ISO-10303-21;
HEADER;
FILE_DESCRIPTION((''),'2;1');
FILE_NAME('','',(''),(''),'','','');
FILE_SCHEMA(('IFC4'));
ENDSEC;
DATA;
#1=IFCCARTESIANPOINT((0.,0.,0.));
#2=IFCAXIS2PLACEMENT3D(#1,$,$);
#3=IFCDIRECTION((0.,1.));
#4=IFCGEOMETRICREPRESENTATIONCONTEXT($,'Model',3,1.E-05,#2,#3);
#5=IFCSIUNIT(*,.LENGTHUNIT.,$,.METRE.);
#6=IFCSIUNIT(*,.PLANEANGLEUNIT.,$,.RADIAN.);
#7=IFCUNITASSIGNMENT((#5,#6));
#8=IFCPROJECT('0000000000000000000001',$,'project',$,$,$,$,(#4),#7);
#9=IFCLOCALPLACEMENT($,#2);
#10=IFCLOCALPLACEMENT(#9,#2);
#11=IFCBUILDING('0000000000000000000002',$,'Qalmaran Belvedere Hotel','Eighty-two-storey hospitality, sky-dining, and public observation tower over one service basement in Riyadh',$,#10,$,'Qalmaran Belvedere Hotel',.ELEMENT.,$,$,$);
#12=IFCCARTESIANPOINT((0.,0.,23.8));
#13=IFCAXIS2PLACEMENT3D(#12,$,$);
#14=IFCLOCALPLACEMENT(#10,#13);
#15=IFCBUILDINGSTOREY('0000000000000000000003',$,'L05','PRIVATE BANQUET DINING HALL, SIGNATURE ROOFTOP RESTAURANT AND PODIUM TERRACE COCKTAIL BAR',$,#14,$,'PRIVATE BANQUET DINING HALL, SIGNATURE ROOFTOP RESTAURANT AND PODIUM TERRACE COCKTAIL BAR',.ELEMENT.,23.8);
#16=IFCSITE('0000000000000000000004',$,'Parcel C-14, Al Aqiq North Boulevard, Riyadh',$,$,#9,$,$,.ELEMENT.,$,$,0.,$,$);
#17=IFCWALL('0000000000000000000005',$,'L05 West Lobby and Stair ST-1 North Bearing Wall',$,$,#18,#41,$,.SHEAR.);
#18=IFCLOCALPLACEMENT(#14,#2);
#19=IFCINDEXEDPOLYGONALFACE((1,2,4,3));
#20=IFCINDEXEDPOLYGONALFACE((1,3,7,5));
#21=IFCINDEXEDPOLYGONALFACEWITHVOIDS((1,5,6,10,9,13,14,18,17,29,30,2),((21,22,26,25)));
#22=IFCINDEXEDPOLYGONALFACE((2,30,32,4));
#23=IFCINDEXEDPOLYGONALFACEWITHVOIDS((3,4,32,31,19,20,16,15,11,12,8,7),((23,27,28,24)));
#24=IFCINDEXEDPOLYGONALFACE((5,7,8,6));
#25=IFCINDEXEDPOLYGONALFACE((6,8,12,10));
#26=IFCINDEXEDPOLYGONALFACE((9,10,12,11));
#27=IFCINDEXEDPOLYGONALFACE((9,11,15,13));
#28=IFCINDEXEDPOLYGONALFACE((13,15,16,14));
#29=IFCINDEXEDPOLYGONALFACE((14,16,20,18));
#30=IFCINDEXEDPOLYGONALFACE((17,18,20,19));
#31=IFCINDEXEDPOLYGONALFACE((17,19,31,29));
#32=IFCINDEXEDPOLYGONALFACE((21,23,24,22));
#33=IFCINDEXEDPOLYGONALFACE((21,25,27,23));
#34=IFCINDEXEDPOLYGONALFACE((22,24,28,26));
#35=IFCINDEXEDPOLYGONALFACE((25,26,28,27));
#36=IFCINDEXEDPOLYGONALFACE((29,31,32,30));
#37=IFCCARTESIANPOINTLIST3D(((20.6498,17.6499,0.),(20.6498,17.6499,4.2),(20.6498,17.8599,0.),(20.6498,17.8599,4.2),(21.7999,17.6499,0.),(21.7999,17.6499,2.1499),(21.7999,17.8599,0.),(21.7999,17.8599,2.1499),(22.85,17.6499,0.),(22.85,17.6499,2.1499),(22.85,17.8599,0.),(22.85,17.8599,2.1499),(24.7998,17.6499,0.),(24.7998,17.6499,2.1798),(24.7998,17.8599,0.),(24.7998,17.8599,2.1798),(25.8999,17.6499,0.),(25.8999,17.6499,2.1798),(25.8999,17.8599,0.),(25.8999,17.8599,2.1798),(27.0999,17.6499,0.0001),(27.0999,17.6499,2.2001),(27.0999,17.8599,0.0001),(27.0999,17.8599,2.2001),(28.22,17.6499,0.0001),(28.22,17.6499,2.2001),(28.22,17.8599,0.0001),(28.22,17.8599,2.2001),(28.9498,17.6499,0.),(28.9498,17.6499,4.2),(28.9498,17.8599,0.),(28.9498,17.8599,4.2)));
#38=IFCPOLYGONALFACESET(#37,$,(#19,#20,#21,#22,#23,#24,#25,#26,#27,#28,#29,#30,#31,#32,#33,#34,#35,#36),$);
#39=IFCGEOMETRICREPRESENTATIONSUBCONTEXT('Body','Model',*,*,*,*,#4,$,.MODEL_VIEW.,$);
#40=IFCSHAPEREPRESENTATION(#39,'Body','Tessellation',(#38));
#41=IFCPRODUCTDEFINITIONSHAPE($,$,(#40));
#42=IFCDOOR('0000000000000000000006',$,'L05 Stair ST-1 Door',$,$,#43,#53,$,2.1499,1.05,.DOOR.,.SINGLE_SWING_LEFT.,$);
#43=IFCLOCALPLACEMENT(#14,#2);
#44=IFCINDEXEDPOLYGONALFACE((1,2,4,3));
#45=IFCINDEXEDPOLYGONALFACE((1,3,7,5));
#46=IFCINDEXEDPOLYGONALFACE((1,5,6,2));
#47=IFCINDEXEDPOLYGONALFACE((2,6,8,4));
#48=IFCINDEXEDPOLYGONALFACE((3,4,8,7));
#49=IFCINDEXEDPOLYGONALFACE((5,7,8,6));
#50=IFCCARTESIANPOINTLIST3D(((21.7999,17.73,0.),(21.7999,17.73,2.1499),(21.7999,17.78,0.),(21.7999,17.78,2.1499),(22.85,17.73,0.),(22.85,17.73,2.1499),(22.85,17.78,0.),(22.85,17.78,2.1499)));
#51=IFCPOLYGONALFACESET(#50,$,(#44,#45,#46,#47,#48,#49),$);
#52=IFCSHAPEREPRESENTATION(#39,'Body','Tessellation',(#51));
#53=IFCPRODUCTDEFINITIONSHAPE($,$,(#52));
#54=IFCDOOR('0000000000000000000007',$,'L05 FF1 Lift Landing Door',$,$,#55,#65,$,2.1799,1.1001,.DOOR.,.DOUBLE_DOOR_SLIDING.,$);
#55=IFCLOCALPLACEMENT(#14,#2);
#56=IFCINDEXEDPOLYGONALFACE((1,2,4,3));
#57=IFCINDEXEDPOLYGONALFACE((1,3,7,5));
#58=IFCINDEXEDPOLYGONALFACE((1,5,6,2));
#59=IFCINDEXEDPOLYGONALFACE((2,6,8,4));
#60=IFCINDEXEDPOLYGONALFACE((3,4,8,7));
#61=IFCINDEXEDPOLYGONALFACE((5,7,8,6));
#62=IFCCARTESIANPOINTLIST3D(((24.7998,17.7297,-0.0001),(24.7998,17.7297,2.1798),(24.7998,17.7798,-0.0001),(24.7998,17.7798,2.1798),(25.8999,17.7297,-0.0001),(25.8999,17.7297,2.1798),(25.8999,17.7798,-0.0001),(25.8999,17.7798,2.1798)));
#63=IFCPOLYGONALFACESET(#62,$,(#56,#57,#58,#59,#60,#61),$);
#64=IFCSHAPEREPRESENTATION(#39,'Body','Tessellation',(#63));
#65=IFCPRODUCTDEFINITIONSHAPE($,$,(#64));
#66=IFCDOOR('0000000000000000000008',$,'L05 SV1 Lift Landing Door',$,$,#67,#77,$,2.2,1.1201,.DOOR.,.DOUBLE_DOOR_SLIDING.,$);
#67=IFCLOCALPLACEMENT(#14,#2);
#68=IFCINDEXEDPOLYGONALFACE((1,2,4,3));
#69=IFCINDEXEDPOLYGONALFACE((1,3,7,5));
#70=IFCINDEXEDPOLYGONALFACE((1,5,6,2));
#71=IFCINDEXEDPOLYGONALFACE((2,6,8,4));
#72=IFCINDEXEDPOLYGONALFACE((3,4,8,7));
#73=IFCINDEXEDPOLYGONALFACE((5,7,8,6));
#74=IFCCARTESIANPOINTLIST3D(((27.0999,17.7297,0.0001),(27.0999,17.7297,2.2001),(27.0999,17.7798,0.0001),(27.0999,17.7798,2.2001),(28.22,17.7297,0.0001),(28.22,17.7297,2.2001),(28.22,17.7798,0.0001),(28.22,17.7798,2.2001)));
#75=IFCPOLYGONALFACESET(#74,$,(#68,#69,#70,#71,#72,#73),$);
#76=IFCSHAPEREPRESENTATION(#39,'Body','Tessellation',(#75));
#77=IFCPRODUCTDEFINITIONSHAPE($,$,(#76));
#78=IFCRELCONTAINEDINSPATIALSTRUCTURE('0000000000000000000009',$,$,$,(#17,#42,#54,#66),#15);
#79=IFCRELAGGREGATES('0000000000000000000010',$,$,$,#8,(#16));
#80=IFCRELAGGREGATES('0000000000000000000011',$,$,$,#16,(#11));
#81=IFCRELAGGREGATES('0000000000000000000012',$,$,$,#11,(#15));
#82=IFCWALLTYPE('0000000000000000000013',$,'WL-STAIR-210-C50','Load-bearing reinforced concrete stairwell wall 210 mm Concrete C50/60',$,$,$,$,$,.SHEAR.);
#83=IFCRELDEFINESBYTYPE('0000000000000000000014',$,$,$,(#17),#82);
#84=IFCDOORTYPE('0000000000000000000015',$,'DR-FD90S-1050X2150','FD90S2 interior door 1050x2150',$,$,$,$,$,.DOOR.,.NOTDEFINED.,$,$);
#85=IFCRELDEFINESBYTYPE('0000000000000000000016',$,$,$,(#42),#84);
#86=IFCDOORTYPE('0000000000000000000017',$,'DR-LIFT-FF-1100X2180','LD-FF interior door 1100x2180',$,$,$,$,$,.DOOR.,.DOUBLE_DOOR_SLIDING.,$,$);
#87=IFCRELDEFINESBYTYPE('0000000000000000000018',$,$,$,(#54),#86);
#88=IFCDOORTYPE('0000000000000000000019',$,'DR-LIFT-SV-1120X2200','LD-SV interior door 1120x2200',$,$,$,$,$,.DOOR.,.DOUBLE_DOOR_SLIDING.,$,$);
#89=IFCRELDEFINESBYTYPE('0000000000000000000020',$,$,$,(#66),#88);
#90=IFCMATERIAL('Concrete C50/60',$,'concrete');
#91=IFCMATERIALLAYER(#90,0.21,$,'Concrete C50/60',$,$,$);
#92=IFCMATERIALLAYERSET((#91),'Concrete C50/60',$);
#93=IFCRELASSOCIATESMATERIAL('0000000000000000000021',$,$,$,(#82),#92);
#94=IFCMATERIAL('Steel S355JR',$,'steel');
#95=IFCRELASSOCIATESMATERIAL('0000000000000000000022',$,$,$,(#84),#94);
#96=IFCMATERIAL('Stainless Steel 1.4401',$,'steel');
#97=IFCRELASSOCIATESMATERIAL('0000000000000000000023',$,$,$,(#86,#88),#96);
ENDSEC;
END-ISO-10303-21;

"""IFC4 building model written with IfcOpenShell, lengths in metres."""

from ifc_helpers import new_model, si_unit, direction, frame, frame_2d, origin, place, context, subcontext, project, spatial, rectangle, extrude, material, layer, layer_set, type_object, element, fill, save


model = new_model("IFC4")

# Units and contexts
model_context = context("Model", 3, precision=1e-05, world=origin(), true_north=direction((0.0, 1.0)))
body_context = subcontext(model_context, "Body", "Model", "MODEL_VIEW")
ifc_project = project(units=[si_unit("LENGTHUNIT", "METRE"), si_unit("PLANEANGLEUNIT", "RADIAN")], contexts=[model_context])

# Site, building, storey
site_placement = place(None, origin())
site = spatial("IfcSite", under=ifc_project, at=site_placement, Name="Parcel C-14, Al Aqiq North Boulevard, Riyadh", CompositionType="ELEMENT", RefElevation=0.0)
building_placement = place(site_placement, origin())
building = spatial("IfcBuilding", under=site, at=building_placement, Name="Qalmaran Belvedere Hotel", Description="Eighty-two-storey hospitality, sky-dining, and public observation tower over one service basement in Riyadh", LongName="Qalmaran Belvedere Hotel", CompositionType="ELEMENT")
storey_placement = place(building_placement, frame((0.0, 0.0, 23.8)))
storey = spatial("IfcBuildingStorey", under=building, at=storey_placement, Name="L05", Description="PRIVATE BANQUET DINING HALL, SIGNATURE ROOFTOP RESTAURANT AND PODIUM TERRACE COCKTAIL BAR", LongName="PRIVATE BANQUET DINING HALL, SIGNATURE ROOFTOP RESTAURANT AND PODIUM TERRACE COCKTAIL BAR", CompositionType="ELEMENT", Elevation=23.8)

# Shared definitions
ifc_material_1 = material(Name="Steel S355JR", Category="steel")

# Wall, openings, doors
ifc_material_2 = material(Name="Concrete C50/60", Category="concrete")
ifc_layer_1 = layer(ifc_material_2, 0.21, Name="Concrete C50/60")
ifc_layer_set_1 = layer_set([ifc_layer_1], Name="Concrete C50/60")
wall_type_1 = type_object("IfcWallType", Name="WL-STAIR-210-C50", Description="Load-bearing reinforced concrete stairwell wall 210 mm Concrete C50/60", PredefinedType="SHEAR", material=ifc_layer_set_1)
wall_1_placement = place(storey_placement, frame((20.6499, 17.7549, 0.0), z_axis=(0.0, 0.0, 1.0), x_axis=(1.0, 0.0, 0.0)))
wall_1 = element("IfcWall", 1, at=wall_1_placement, inside=storey, type_object=wall_type_1, Name="L05 West Lobby and Stair ST-1 North Bearing Wall", PredefinedType="SHEAR", context=body_context, shape_type="SweptSolid", body=[
    extrude(rectangle(XDim=8.3, YDim=0.21, at=frame_2d((4.1499, 0.0))), origin(), (0.0, 0.0, 1.0), 4.2),
])
opening_1_placement = place(wall_1_placement, frame((2.2, 0.0, 0.0), z_axis=(0.0, 0.0, 1.0), x_axis=(-1.0, 0.0, 0.0)))
opening_1 = element("IfcOpeningElement", 2, at=opening_1_placement, cuts=wall_1, PredefinedType="OPENING", context=body_context, shape_type="SweptSolid", body=[
    extrude(rectangle(XDim=1.05, YDim=2.1499, at=frame_2d((0.5249, 1.075))), frame((0.0, 0.115, 0.0), z_axis=(0.0, -1.0, 0.0), x_axis=(1.0, 0.0, 0.0)), (0.0, 0.0, 1.0), 0.23),
])
opening_2_placement = place(wall_1_placement, frame((4.1499, 0.0, 0.0)))
opening_2 = element("IfcOpeningElement", 3, at=opening_2_placement, cuts=wall_1, PredefinedType="OPENING", context=body_context, shape_type="SweptSolid", body=[
    extrude(rectangle(XDim=1.1001, YDim=2.1799, at=frame_2d((0.55, 1.0898))), frame((0.0, 0.115, 0.0), z_axis=(0.0, -1.0, 0.0), x_axis=(1.0, 0.0, 0.0)), (0.0, 0.0, 1.0), 0.23),
])
opening_3_placement = place(wall_1_placement, frame((6.45, 0.0, 0.0)))
opening_3 = element("IfcOpeningElement", 4, at=opening_3_placement, cuts=wall_1, PredefinedType="OPENING", context=body_context, shape_type="SweptSolid", body=[
    extrude(rectangle(XDim=1.1201, YDim=2.2, at=frame_2d((0.5601, 1.1001))), frame((0.0, 0.115, 0.0), z_axis=(0.0, -1.0, 0.0), x_axis=(1.0, 0.0, 0.0)), (0.0, 0.0, 1.0), 0.23),
])
door_type_1 = type_object("IfcDoorType", Name="DR-FD90S-1050X2150", Description="FD90S2 interior door 1050x2150", OperationType="NOTDEFINED", PredefinedType="DOOR", material=ifc_material_1)
door_1_placement = place(opening_1_placement, origin())
door_1 = element("IfcDoor", 5, at=door_1_placement, inside=storey, type_object=door_type_1, Name="L05 Stair ST-1 Door", OperationType="SINGLE_SWING_LEFT", OverallHeight=2.1499, OverallWidth=1.05, PredefinedType="DOOR", context=body_context, shape_type="SweptSolid", body=[
    extrude(rectangle(XDim=1.05, YDim=2.1499, at=frame_2d((0.5249, 1.075))), frame((0.0, 0.0249, 0.0), z_axis=(0.0, -1.0, 0.0), x_axis=(1.0, 0.0, 0.0)), (0.0, 0.0, 1.0), 0.05),
])
fill(opening_1, door_1)
ifc_material_3 = material(Name="Stainless Steel 1.4401", Category="steel")
door_type_2 = type_object("IfcDoorType", Name="DR-LIFT-FF-1100X2180", Description="LD-FF interior door 1100x2180", OperationType="DOUBLE_DOOR_SLIDING", PredefinedType="DOOR", material=ifc_material_3)
door_2_placement = place(opening_2_placement, origin())
door_2 = element("IfcDoor", 6, at=door_2_placement, inside=storey, type_object=door_type_2, Name="L05 FF1 Lift Landing Door", OperationType="DOUBLE_DOOR_SLIDING", OverallHeight=2.1799, OverallWidth=1.1001, PredefinedType="DOOR", context=body_context, shape_type="SweptSolid", body=[
    extrude(rectangle(XDim=1.1001, YDim=2.1799, at=frame_2d((0.55, 1.0898))), frame((0.0, 0.0249, 0.0), z_axis=(0.0, -1.0, 0.0), x_axis=(1.0, 0.0, 0.0)), (0.0, 0.0, 1.0), 0.05),
])
fill(opening_2, door_2)
door_type_3 = type_object("IfcDoorType", Name="DR-LIFT-SV-1120X2200", Description="LD-SV interior door 1120x2200", OperationType="DOUBLE_DOOR_SLIDING", PredefinedType="DOOR", material=ifc_material_3)
door_3_placement = place(opening_3_placement, origin())
door_3 = element("IfcDoor", 7, at=door_3_placement, inside=storey, type_object=door_type_3, Name="L05 SV1 Lift Landing Door", OperationType="DOUBLE_DOOR_SLIDING", OverallHeight=2.2, OverallWidth=1.1201, PredefinedType="DOOR", context=body_context, shape_type="SweptSolid", body=[
    extrude(rectangle(XDim=1.1201, YDim=2.2, at=frame_2d((0.5601, 1.1001))), frame((0.0, 0.0249, 0.0), z_axis=(0.0, -1.0, 0.0), x_axis=(1.0, 0.0, 0.0)), (0.0, 0.0, 1.0), 0.05),
])
fill(opening_3, door_3)

save(model, "model.ifc")
